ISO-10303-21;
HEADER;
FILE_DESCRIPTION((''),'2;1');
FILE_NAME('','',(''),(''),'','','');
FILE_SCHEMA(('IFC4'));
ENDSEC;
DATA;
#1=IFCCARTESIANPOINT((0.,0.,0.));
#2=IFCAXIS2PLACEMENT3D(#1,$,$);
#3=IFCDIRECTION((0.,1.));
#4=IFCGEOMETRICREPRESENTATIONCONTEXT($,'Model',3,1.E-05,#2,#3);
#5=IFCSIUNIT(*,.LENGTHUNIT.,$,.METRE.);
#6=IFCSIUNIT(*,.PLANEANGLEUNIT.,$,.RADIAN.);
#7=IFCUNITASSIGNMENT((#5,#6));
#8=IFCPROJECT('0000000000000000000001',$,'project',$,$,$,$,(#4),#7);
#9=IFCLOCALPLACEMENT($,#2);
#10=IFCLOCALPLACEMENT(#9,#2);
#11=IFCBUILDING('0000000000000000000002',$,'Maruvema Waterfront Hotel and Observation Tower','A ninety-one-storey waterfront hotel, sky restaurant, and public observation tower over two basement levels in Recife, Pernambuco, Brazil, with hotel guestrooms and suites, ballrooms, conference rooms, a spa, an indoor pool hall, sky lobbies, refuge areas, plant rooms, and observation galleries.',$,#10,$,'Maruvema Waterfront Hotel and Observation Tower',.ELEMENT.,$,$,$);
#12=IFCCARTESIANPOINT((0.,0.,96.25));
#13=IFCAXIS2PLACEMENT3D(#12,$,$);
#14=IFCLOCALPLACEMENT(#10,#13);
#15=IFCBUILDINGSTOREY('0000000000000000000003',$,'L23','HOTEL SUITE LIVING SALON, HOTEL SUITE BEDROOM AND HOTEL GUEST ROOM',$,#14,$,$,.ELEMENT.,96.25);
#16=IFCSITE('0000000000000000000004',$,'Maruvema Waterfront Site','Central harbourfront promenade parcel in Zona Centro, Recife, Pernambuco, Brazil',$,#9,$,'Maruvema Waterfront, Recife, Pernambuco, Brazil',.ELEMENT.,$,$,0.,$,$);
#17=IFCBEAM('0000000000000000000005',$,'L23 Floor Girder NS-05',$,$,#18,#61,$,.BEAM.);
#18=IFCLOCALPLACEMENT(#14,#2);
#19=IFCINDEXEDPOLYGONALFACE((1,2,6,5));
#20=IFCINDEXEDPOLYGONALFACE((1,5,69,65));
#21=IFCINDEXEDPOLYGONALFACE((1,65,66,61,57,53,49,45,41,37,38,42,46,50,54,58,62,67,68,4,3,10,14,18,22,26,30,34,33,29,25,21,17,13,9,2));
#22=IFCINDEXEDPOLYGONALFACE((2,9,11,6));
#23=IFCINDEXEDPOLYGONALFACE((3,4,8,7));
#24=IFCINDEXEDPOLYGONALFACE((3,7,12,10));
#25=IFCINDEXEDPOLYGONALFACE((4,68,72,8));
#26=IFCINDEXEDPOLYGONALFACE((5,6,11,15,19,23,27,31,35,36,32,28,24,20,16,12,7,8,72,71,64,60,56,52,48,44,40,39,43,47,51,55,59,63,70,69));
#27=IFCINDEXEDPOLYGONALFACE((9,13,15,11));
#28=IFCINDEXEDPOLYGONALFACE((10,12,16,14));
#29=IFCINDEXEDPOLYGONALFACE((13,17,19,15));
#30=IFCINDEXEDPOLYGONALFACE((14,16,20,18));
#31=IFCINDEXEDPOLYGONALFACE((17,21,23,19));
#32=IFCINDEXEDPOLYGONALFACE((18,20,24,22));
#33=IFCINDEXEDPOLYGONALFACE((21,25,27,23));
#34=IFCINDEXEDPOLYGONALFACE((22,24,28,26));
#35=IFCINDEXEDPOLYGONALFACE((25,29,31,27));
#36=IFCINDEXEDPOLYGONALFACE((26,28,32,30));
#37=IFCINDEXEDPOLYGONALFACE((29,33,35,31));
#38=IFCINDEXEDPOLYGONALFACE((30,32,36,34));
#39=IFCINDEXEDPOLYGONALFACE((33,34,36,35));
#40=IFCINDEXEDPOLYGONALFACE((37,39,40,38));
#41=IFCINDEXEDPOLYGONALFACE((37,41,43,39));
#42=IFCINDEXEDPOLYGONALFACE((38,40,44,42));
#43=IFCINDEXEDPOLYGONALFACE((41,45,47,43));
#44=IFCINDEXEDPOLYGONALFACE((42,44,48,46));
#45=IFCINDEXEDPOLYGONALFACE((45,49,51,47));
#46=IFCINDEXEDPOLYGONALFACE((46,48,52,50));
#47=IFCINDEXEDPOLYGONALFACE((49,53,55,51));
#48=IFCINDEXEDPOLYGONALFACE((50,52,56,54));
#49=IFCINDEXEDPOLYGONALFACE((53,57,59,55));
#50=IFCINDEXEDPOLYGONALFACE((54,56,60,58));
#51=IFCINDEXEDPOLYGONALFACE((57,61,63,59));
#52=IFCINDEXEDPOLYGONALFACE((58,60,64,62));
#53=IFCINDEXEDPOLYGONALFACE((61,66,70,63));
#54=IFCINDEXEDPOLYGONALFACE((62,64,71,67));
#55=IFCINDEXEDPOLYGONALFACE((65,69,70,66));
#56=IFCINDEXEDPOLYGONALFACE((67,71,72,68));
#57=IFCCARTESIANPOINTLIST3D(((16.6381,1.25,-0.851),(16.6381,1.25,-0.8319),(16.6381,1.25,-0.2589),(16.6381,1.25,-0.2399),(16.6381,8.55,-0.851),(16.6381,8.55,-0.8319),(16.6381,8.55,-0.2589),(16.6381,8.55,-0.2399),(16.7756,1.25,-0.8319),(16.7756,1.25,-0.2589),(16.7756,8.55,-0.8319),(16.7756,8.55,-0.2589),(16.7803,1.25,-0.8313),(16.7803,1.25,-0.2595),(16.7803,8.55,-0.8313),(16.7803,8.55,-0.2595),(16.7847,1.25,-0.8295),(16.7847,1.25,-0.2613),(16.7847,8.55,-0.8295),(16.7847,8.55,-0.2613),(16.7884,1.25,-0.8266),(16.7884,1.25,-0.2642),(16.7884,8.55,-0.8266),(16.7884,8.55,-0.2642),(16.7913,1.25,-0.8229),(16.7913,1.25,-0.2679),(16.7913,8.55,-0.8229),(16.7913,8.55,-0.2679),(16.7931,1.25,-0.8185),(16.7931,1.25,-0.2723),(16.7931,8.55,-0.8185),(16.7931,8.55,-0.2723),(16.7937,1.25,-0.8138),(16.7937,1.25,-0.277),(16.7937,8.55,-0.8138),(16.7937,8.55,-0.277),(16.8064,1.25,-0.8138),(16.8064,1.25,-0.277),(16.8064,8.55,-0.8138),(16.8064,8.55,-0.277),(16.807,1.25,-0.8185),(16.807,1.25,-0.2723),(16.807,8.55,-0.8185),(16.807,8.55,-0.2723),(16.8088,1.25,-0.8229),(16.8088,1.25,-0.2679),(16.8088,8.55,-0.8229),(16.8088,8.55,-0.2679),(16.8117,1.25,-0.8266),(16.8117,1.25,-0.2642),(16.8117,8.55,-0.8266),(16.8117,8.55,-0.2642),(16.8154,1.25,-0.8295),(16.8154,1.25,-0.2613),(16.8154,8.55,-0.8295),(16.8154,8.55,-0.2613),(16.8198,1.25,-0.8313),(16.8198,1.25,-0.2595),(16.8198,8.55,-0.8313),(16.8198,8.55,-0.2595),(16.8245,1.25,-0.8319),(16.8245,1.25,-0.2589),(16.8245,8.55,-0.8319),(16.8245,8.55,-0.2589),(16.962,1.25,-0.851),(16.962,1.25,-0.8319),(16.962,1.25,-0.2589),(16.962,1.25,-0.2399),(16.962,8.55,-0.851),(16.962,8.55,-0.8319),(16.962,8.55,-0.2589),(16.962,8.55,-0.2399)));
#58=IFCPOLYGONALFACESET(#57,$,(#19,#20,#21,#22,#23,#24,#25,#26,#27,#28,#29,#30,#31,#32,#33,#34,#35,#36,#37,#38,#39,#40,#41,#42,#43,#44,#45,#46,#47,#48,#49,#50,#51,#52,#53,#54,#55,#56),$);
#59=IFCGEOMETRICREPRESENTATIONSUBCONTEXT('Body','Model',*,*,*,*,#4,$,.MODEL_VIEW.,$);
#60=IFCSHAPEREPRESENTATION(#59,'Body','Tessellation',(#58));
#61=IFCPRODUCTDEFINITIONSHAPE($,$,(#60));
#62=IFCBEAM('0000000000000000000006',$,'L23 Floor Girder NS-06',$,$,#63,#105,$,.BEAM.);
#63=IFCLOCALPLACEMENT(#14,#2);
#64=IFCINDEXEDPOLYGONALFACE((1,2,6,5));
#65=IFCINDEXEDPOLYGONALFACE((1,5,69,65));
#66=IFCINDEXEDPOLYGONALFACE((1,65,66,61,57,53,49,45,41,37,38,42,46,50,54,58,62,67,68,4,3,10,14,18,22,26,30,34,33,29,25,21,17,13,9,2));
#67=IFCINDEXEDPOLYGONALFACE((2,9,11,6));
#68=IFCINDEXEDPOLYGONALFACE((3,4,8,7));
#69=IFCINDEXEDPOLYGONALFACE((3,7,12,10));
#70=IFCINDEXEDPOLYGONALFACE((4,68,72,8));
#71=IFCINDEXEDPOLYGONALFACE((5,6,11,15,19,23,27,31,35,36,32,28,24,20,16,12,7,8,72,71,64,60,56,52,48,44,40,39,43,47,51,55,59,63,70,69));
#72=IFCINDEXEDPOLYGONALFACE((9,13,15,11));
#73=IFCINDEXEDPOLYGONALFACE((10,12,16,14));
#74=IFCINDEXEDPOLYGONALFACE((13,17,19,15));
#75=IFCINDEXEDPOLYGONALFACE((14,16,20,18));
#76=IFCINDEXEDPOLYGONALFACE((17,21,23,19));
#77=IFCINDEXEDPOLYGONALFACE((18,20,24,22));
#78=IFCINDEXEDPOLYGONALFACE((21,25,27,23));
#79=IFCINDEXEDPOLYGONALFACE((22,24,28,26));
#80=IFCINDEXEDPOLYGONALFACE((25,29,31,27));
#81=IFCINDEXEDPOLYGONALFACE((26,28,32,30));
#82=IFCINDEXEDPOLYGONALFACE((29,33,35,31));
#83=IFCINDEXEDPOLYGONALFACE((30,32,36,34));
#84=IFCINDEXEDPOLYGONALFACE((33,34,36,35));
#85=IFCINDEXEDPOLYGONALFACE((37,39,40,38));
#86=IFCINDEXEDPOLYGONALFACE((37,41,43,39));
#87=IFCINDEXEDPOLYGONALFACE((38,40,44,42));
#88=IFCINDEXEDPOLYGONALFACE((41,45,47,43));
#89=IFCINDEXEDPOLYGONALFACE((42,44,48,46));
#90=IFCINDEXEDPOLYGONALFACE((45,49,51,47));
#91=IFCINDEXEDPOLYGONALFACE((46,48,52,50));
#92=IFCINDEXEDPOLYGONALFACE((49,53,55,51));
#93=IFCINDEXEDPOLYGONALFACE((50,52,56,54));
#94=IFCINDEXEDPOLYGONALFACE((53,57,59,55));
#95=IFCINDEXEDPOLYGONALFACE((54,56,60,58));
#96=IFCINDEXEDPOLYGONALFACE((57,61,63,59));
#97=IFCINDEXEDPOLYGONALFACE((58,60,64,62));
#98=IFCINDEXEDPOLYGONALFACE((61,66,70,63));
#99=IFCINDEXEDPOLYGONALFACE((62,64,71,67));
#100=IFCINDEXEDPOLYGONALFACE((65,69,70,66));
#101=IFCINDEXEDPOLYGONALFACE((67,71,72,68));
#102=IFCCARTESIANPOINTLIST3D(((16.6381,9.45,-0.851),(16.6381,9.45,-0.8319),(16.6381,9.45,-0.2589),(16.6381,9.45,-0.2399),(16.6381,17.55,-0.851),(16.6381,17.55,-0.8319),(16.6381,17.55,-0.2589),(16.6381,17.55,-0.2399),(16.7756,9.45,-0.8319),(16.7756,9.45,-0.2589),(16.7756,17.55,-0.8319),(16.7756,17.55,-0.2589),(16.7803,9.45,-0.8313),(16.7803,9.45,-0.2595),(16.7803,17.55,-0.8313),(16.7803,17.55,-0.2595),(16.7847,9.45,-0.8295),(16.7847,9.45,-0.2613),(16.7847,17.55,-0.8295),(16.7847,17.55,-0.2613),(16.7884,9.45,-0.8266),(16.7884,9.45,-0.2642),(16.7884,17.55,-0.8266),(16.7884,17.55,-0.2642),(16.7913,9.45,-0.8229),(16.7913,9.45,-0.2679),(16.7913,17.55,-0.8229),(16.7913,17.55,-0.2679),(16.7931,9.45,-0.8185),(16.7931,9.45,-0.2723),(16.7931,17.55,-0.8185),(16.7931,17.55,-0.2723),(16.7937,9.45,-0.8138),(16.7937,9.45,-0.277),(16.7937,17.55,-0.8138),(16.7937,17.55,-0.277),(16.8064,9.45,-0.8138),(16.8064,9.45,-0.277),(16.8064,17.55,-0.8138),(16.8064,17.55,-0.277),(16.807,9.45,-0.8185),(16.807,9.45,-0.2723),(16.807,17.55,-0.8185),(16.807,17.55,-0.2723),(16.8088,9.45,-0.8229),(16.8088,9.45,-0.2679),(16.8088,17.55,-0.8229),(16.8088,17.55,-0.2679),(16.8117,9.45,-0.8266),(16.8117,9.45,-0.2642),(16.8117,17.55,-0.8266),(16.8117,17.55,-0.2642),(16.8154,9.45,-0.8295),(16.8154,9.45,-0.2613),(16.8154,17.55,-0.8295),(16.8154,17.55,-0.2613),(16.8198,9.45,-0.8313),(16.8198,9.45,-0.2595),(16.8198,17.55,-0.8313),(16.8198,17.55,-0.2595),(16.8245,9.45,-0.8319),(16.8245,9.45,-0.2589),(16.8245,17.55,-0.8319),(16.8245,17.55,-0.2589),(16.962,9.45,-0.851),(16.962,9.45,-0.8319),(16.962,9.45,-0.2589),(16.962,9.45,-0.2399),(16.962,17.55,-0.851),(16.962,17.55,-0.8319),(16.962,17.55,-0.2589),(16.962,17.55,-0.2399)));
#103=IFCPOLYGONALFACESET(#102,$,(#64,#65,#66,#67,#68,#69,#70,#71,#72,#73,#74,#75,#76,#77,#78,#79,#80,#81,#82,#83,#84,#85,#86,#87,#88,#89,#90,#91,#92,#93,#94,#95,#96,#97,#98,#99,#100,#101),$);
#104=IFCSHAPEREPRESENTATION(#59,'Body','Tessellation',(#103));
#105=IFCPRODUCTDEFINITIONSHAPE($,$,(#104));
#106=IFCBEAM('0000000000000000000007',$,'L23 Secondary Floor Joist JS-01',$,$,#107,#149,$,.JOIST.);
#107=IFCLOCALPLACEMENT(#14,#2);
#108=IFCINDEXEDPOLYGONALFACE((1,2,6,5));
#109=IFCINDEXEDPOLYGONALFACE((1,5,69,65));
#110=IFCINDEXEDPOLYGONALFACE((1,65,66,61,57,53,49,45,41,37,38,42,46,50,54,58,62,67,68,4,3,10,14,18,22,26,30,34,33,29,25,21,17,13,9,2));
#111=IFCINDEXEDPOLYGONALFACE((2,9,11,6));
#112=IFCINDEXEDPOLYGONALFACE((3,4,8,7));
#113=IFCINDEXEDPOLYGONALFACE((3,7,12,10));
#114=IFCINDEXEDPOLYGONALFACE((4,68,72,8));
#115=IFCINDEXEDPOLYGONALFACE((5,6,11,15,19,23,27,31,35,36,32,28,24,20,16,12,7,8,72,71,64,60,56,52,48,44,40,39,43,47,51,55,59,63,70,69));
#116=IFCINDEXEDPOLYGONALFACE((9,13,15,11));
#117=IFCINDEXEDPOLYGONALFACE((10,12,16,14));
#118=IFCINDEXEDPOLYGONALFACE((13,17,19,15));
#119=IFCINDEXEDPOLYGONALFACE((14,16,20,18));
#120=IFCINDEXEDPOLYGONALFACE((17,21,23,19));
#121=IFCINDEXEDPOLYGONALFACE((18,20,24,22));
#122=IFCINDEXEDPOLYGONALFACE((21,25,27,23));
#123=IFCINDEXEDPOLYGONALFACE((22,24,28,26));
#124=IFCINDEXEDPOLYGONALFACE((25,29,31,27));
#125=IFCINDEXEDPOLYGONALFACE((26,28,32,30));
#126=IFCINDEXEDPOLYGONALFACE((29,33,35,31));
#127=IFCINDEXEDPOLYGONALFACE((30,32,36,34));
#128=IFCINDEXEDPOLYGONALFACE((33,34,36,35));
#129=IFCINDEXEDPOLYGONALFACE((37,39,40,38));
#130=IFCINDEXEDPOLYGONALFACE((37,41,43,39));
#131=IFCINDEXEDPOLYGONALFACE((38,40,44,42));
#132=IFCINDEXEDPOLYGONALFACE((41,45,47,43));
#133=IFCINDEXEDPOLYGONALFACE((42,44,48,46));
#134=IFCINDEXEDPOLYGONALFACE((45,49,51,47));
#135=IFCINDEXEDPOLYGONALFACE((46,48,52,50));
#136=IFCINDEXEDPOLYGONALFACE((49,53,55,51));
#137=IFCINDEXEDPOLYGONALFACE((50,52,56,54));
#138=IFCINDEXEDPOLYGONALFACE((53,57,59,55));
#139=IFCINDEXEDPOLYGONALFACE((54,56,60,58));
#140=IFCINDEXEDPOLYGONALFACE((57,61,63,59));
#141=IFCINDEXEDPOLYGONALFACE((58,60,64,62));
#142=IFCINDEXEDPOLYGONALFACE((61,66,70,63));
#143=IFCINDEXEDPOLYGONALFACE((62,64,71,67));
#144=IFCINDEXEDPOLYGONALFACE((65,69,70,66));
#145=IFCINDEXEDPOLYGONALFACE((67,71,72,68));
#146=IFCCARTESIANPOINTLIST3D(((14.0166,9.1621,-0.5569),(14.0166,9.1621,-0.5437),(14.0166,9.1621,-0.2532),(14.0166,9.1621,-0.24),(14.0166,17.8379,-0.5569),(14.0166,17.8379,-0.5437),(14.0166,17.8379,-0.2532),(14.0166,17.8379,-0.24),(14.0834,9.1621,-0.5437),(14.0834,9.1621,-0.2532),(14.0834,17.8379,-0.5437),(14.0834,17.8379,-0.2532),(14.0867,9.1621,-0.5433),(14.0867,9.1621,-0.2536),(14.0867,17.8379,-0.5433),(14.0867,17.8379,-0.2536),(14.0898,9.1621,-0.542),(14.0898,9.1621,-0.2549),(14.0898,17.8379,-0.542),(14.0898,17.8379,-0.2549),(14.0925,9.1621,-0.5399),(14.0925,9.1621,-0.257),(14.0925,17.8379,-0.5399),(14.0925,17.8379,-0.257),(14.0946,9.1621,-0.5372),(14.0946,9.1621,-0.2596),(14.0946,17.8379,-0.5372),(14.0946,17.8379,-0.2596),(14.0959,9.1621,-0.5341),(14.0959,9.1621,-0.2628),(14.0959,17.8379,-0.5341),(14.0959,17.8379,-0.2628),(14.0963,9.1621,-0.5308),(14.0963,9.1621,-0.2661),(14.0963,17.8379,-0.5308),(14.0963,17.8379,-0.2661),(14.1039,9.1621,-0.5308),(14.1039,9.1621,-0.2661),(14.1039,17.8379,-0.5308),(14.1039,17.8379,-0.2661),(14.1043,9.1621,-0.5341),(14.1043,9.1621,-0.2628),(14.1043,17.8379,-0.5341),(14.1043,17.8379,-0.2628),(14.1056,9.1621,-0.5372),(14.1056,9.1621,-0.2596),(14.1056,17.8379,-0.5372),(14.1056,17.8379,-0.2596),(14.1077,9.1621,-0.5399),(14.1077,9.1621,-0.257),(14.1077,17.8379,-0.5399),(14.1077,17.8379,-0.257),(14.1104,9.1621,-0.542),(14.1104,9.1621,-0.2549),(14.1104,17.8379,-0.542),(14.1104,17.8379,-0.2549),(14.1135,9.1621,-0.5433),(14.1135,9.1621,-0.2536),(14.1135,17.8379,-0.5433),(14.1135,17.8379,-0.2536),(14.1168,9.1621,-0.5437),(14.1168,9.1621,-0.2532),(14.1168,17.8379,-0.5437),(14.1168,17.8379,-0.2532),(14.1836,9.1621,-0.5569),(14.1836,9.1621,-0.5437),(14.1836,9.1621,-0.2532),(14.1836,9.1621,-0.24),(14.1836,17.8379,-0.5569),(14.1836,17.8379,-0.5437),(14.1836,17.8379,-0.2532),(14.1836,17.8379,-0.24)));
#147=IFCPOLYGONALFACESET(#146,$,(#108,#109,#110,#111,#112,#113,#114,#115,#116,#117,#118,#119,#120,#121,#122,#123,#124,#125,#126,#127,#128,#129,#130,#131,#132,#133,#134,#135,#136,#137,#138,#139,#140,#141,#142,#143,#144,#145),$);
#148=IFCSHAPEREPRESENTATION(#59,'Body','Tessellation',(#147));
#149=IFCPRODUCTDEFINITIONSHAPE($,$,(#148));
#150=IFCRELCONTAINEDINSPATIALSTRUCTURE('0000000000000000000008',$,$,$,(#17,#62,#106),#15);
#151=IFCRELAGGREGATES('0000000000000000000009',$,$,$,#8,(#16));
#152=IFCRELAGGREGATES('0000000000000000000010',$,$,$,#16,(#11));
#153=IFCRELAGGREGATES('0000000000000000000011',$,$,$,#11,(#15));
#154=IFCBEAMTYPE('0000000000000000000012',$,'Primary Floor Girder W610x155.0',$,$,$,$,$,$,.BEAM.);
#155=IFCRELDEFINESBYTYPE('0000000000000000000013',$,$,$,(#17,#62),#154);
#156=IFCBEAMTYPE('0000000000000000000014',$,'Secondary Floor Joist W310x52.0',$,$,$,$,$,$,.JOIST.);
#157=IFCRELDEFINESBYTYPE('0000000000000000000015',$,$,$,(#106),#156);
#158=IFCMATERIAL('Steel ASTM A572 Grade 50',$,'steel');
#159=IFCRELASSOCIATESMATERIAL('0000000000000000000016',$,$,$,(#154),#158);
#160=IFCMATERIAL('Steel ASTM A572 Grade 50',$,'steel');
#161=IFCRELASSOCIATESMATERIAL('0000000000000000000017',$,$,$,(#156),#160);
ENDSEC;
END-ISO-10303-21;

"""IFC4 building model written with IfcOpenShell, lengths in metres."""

from ifc_helpers import new_model, si_unit, direction, frame, origin, origin_2d, place, context, subcontext, project, spatial, i_section, extrude, material, material_profile, profile_set, type_object, element, save


model = new_model("IFC4")

# Units and contexts
model_context = context("Model", 3, precision=1e-05, world=origin(), true_north=direction((0.0, 1.0)))
body_context = subcontext(model_context, "Body", "Model", "MODEL_VIEW")
ifc_project = project(units=[si_unit("LENGTHUNIT", "METRE"), si_unit("PLANEANGLEUNIT", "RADIAN")], contexts=[model_context])

# Site, building, storey
site_placement = place(None, origin())
site = spatial("IfcSite", under=ifc_project, at=site_placement, Name="Maruvema Waterfront Site", Description="Central harbourfront promenade parcel in Zona Centro, Recife, Pernambuco, Brazil", LongName="Maruvema Waterfront, Recife, Pernambuco, Brazil", CompositionType="ELEMENT", RefElevation=0.0)
building_placement = place(site_placement, origin())
building = spatial("IfcBuilding", under=site, at=building_placement, Name="Maruvema Waterfront Hotel and Observation Tower", Description="A ninety-one-storey waterfront hotel, sky restaurant, and public observation tower over two basement levels in Recife, Pernambuco, Brazil, with hotel guestrooms and suites, ballrooms, conference rooms, a spa, an indoor pool hall, sky lobbies, refuge areas, plant rooms, and observation galleries.", LongName="Maruvema Waterfront Hotel and Observation Tower", CompositionType="ELEMENT")
storey_placement = place(building_placement, frame((0.0, 0.0, 96.25)))
storey = spatial("IfcBuildingStorey", under=building, at=storey_placement, Name="L23", Description="HOTEL SUITE LIVING SALON, HOTEL SUITE BEDROOM AND HOTEL GUEST ROOM", CompositionType="ELEMENT", Elevation=96.25)

# Beams
ifc_material_1 = material(Name="Steel ASTM A572 Grade 50", Category="steel")
ifc_material_profile_1 = material_profile(ifc_material_1, i_section(OverallWidth=0.324, OverallDepth=0.6111, WebThickness=0.0127, FlangeThickness=0.019, FilletRadius=0.0181, at=origin_2d()), Name="W610x155.0")
ifc_profile_set_1 = profile_set([ifc_material_profile_1], Name="Steel ASTM A572 Grade 50")
beam_type_1 = type_object("IfcBeamType", Name="Primary Floor Girder W610x155.0", PredefinedType="BEAM", material=ifc_profile_set_1)
beam_1_placement = place(storey_placement, frame((16.8, 1.25, -0.5454), z_axis=(0.0, 1.0, 0.0), x_axis=(-1.0, 0.0, 0.0)))
element("IfcBeam", 1, at=beam_1_placement, inside=storey, type_object=beam_type_1, Name="L23 Floor Girder NS-05", PredefinedType="BEAM", context=body_context, shape_type="SweptSolid", body=[
    extrude(i_section(OverallWidth=0.324, OverallDepth=0.6111, WebThickness=0.0127, FlangeThickness=0.019, FilletRadius=0.0181, at=origin_2d()), origin(), (0.0, 0.0, 1.0), 7.3),
])
beam_2_placement = place(storey_placement, frame((16.8, 9.45, -0.5454), z_axis=(0.0, 1.0, 0.0), x_axis=(-1.0, 0.0, 0.0)))
element("IfcBeam", 2, at=beam_2_placement, inside=storey, type_object=beam_type_1, Name="L23 Floor Girder NS-06", PredefinedType="BEAM", context=body_context, shape_type="SweptSolid", body=[
    extrude(i_section(OverallWidth=0.324, OverallDepth=0.6111, WebThickness=0.0127, FlangeThickness=0.019, FilletRadius=0.0181, at=origin_2d()), origin(), (0.0, 0.0, 1.0), 8.1001),
])
ifc_material_2 = material(Name="Steel ASTM A572 Grade 50", Category="steel")
ifc_material_profile_2 = material_profile(ifc_material_2, i_section(OverallWidth=0.167, OverallDepth=0.3169, WebThickness=0.0076, FlangeThickness=0.0132, FilletRadius=0.0129, at=origin_2d()), Name="W310x52.0")
ifc_profile_set_2 = profile_set([ifc_material_profile_2], Name="Steel ASTM A572 Grade 50")
beam_type_2 = type_object("IfcBeamType", Name="Secondary Floor Joist W310x52.0", PredefinedType="JOIST", material=ifc_profile_set_2)
beam_3_placement = place(storey_placement, frame((14.1001, 9.1621, -0.3984), z_axis=(0.0, 1.0, 0.0), x_axis=(-1.0, 0.0, 0.0)))
element("IfcBeam", 3, at=beam_3_placement, inside=storey, type_object=beam_type_2, Name="L23 Secondary Floor Joist JS-01", PredefinedType="JOIST", context=body_context, shape_type="SweptSolid", body=[
    extrude(i_section(OverallWidth=0.167, OverallDepth=0.3169, WebThickness=0.0076, FlangeThickness=0.0132, FilletRadius=0.0129, at=origin_2d()), origin(), (0.0, 0.0, 1.0), 8.6758),
])

save(model, "model.ifc")
